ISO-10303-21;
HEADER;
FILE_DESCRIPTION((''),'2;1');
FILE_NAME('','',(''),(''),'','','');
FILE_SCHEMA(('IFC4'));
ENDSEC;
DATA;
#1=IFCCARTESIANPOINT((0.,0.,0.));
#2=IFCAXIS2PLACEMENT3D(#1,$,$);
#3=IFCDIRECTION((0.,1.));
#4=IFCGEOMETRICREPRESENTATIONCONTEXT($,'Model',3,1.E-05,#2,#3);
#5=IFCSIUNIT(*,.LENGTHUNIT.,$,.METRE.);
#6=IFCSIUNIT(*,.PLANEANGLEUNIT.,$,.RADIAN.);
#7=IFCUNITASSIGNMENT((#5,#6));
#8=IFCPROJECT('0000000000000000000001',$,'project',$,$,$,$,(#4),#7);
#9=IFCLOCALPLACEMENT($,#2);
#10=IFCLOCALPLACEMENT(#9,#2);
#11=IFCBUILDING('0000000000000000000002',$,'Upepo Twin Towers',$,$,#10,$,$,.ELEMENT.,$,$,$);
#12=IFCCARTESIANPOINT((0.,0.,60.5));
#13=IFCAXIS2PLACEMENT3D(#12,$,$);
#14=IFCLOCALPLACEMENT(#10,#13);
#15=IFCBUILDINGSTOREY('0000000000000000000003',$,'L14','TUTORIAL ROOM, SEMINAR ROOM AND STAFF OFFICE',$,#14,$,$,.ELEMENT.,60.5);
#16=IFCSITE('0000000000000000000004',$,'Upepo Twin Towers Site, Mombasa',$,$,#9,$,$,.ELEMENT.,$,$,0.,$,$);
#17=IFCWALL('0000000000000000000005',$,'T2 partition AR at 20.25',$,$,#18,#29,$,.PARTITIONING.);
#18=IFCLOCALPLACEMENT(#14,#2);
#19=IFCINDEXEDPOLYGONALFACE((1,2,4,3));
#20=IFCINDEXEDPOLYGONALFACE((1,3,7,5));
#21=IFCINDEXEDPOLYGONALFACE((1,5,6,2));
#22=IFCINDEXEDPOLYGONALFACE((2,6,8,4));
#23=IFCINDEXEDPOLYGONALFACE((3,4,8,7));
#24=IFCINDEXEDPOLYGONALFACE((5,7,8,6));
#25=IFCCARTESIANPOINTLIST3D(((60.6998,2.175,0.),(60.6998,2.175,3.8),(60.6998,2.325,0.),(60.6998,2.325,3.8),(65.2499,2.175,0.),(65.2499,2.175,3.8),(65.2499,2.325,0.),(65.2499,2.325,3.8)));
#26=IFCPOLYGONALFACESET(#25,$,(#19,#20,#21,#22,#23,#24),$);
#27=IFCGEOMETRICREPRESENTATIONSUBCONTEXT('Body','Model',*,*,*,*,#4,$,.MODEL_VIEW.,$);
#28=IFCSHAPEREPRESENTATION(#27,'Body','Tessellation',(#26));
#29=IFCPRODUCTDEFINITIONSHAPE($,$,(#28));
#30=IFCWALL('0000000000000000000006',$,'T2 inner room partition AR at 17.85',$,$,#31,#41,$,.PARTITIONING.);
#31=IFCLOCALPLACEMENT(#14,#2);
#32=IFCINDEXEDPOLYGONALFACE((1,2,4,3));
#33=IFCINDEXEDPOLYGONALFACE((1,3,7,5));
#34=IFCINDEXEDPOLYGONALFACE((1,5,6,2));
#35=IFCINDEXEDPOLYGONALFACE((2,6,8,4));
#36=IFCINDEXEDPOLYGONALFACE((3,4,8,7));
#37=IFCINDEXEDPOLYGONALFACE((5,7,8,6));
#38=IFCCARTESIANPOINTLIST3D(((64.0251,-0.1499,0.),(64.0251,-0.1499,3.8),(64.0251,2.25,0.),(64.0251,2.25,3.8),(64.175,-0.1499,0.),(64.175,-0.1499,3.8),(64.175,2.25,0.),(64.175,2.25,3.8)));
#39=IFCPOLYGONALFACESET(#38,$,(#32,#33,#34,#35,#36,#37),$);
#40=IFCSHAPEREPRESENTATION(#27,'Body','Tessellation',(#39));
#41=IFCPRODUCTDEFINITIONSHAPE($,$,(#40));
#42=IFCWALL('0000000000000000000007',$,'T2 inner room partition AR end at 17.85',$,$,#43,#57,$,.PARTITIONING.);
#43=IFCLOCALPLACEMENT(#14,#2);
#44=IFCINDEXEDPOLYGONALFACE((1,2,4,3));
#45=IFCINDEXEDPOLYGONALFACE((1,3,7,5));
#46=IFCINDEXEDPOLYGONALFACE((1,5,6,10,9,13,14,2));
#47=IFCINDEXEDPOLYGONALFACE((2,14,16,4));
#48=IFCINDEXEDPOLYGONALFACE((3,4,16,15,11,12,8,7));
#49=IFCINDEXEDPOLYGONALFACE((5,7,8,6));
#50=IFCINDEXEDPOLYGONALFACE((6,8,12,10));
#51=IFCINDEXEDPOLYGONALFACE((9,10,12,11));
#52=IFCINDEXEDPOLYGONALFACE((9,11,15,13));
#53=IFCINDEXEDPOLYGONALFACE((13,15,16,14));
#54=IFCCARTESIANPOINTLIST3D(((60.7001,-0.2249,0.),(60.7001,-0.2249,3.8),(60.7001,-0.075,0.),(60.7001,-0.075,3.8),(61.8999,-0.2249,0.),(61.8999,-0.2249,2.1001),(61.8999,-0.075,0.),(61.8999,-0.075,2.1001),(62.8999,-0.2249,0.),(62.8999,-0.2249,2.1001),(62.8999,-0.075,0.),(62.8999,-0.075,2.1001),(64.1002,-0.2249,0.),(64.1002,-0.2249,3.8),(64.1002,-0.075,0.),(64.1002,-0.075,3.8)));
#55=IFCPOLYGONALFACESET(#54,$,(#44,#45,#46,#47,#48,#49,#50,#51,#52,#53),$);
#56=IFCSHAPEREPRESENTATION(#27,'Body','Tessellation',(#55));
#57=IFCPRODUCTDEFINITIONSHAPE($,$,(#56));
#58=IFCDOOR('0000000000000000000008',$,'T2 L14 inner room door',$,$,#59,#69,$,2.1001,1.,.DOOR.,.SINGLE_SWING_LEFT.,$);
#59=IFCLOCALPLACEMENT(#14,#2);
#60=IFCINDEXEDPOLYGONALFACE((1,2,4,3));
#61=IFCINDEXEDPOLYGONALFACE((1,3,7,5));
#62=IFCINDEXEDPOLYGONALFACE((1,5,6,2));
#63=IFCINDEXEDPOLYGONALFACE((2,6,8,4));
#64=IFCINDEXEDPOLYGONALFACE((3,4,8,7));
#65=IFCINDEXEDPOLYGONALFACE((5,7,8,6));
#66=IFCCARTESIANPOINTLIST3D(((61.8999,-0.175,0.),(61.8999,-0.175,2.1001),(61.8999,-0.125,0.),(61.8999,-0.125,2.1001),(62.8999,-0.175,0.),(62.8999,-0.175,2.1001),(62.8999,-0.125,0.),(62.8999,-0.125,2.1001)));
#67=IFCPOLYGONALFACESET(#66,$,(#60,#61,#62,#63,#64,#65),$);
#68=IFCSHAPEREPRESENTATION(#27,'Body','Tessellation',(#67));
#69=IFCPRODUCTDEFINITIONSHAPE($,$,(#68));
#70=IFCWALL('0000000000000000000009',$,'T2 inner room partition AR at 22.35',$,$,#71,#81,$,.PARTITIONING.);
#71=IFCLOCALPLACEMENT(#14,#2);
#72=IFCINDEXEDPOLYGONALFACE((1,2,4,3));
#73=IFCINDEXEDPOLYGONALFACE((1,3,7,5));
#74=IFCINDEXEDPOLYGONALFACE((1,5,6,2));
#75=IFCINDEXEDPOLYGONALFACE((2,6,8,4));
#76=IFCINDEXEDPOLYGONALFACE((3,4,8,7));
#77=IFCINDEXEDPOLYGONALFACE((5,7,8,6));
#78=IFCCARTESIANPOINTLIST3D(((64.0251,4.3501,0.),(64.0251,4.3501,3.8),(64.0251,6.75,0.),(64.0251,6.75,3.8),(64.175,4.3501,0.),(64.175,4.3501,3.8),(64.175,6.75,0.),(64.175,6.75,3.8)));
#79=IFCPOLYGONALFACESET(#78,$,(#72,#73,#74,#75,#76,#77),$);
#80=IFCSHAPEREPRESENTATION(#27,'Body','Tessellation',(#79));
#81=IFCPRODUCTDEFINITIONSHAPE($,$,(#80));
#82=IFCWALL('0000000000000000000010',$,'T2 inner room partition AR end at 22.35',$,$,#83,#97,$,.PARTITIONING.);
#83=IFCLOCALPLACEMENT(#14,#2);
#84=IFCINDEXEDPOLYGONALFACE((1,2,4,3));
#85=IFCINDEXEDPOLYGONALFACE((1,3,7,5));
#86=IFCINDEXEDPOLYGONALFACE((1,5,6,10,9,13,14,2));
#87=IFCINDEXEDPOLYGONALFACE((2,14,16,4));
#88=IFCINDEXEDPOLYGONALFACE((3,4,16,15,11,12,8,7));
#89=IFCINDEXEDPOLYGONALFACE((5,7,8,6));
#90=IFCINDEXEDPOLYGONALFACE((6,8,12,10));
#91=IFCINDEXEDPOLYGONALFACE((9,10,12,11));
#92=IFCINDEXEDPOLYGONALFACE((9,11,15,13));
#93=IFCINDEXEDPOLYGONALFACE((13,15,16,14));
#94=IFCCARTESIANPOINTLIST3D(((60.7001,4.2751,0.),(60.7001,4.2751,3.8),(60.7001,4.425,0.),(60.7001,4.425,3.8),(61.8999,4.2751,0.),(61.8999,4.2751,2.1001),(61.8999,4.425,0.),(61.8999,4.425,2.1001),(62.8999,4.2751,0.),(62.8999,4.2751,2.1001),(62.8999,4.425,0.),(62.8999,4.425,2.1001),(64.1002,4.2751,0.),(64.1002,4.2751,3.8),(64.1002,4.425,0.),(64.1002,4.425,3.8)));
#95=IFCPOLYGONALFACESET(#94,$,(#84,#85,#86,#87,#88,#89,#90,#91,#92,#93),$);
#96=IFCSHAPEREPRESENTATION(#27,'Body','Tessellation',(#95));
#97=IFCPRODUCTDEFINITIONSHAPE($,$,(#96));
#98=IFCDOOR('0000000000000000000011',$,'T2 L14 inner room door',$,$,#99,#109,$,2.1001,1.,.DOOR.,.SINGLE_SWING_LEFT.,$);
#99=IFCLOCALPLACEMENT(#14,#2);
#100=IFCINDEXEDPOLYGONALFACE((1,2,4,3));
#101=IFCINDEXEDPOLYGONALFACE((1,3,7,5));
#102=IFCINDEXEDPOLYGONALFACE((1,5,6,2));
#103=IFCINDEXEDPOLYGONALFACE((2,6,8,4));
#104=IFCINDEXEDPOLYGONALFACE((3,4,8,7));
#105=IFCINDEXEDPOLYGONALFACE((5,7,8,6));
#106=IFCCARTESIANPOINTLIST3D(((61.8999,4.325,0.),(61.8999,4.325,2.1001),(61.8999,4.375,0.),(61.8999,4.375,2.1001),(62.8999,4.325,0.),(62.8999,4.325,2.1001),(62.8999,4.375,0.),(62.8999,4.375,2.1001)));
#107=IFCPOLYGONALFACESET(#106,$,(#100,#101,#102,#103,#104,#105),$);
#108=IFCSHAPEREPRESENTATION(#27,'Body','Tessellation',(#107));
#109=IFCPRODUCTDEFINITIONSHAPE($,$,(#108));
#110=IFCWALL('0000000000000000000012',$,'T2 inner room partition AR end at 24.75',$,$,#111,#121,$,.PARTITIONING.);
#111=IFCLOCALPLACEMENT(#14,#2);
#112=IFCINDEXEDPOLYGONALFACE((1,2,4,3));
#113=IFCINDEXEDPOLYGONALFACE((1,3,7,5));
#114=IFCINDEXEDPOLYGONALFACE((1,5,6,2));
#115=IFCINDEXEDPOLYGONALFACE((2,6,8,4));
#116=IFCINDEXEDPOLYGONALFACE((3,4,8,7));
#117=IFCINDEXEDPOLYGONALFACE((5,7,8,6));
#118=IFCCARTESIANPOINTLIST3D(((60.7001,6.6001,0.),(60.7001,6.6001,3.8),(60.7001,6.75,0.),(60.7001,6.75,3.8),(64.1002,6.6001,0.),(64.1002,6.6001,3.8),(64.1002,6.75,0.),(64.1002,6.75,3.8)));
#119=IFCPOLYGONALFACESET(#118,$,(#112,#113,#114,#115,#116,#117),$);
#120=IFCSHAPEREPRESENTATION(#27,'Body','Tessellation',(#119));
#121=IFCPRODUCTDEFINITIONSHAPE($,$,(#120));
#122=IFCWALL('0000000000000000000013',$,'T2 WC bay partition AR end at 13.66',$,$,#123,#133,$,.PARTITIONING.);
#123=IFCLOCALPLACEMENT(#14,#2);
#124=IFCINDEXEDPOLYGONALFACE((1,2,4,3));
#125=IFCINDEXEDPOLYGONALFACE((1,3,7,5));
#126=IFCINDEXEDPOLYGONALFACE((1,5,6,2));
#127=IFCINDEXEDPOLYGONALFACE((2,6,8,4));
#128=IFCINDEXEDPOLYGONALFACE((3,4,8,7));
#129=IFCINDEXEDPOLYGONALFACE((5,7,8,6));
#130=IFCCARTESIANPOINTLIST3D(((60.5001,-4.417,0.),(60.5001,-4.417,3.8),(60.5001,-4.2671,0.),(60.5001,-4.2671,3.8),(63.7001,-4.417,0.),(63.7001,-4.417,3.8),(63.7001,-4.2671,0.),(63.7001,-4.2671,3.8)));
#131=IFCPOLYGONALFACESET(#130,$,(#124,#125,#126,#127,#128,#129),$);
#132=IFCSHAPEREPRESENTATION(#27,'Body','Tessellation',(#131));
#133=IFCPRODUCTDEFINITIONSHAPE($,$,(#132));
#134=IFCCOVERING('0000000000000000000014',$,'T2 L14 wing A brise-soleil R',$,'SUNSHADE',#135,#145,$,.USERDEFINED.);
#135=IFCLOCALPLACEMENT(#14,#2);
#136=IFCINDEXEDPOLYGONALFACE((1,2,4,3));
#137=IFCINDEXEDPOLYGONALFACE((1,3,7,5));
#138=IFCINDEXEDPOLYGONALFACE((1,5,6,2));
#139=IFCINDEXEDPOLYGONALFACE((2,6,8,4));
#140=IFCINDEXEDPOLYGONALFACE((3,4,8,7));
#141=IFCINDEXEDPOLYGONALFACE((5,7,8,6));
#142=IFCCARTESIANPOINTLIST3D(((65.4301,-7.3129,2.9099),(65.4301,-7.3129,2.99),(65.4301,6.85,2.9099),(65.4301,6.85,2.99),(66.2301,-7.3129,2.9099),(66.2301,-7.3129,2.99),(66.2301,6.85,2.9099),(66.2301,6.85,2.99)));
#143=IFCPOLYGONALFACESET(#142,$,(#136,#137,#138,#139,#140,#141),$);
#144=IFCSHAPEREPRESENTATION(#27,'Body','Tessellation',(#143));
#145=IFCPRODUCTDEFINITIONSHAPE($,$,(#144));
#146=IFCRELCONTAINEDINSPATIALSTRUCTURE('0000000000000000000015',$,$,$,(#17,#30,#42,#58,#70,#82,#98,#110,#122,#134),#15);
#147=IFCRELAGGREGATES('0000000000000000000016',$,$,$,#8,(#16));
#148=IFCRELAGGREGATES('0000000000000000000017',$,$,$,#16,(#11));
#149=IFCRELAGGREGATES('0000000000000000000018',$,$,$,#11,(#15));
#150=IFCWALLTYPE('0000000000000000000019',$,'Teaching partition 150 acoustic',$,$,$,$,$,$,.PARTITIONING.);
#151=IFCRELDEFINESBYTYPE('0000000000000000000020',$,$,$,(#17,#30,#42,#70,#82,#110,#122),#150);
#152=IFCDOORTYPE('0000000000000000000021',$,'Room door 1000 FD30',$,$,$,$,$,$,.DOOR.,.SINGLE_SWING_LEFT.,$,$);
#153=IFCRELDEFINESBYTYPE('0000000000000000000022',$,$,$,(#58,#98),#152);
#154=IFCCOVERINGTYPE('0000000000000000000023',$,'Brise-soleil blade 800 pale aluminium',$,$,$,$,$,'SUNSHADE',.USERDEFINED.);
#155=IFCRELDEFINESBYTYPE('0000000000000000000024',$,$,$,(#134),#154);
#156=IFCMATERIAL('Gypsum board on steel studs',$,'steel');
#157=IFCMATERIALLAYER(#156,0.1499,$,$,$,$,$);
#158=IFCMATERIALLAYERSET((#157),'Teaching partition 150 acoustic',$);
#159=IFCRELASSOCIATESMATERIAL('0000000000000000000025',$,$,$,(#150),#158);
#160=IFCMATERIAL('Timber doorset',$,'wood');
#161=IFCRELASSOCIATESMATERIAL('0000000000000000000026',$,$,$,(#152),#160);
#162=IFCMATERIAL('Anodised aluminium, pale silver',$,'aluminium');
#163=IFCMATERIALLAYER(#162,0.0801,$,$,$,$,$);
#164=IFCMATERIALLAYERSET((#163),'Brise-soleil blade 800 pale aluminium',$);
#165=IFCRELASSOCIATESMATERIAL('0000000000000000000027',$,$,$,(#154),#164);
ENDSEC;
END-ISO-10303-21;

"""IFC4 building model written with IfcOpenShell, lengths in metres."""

from ifc_helpers import new_model, si_unit, direction, frame, frame_2d, origin, origin_2d, place, context, subcontext, project, spatial, rectangle, extrude, material, layer, layer_set, type_object, element, fill, save


model = new_model("IFC4")

# Units and contexts
model_context = context("Model", 3, precision=1e-05, world=origin(), true_north=direction((0.0, 1.0)))
body_context = subcontext(model_context, "Body", "Model", "MODEL_VIEW")
ifc_project = project(units=[si_unit("LENGTHUNIT", "METRE"), si_unit("PLANEANGLEUNIT", "RADIAN")], contexts=[model_context])

# Site, building, storey
site_placement = place(None, origin())
site = spatial("IfcSite", under=ifc_project, at=site_placement, Name="Upepo Twin Towers Site, Mombasa", CompositionType="ELEMENT", RefElevation=0.0)
building_placement = place(site_placement, origin())
building = spatial("IfcBuilding", under=site, at=building_placement, Name="Upepo Twin Towers", CompositionType="ELEMENT")
storey_placement = place(building_placement, frame((0.0, 0.0, 60.5)))
storey = spatial("IfcBuildingStorey", under=building, at=storey_placement, Name="L14", Description="TUTORIAL ROOM, SEMINAR ROOM AND STAFF OFFICE", CompositionType="ELEMENT", Elevation=60.5)

# Walls
ifc_material_1 = material(Name="Gypsum board on steel studs", Category="steel")
ifc_layer_1 = layer(ifc_material_1, 0.1499)
ifc_layer_set_1 = layer_set([ifc_layer_1], Name="Teaching partition 150 acoustic")
wall_type_1 = type_object("IfcWallType", Name="Teaching partition 150 acoustic", PredefinedType="PARTITIONING", material=ifc_layer_set_1)
for number, where, z_axis, x_axis, name in (
    (1, (60.7, 2.25, 0.0), (0.0, 0.0, 1.0), (1.0, 0.0, 0.0), "T2 partition AR at 20.25"),
):
    element("IfcWall", number, at=place(storey_placement, frame(where, z_axis=z_axis, x_axis=x_axis)), inside=storey, type_object=wall_type_1, Name=name, PredefinedType="PARTITIONING", context=body_context, shape_type="SweptSolid", body=[
        extrude(rectangle(XDim=4.55, YDim=0.1499, at=frame_2d((2.2749, 0.0))), origin(), (0.0, 0.0, 1.0), 3.8),
    ])
wall_1_placement = place(storey_placement, frame((64.1001, -0.1499, 0.0), z_axis=(0.0, 0.0, 1.0), x_axis=(0.0, 1.0, 0.0)))
element("IfcWall", 2, at=wall_1_placement, inside=storey, type_object=wall_type_1, Name="T2 inner room partition AR at 17.85", PredefinedType="PARTITIONING", context=body_context, shape_type="SweptSolid", body=[
    extrude(rectangle(XDim=2.3999, YDim=0.1499, at=frame_2d((1.2, 0.0))), origin(), (0.0, 0.0, 1.0), 3.8),
])

# Wall, opening, door
wall_2_placement = place(storey_placement, frame((60.7, -0.1499, 0.0), z_axis=(0.0, 0.0, 1.0), x_axis=(1.0, 0.0, 0.0)))
wall_2 = element("IfcWall", 3, at=wall_2_placement, inside=storey, type_object=wall_type_1, Name="T2 inner room partition AR end at 17.85", PredefinedType="PARTITIONING", context=body_context, shape_type="SweptSolid", body=[
    extrude(rectangle(XDim=3.4001, YDim=0.1499, at=frame_2d((1.7002, 0.0))), origin(), (0.0, 0.0, 1.0), 3.8),
])
opening_1_placement = place(wall_2_placement, frame((1.2, 0.0, 0.0)))
opening_1 = element("IfcOpeningElement", 4, at=opening_1_placement, cuts=wall_2, PredefinedType="OPENING", context=body_context, shape_type="SweptSolid", body=[
    extrude(rectangle(XDim=1.0, YDim=2.1001, at=frame_2d((0.5, 1.05))), frame((0.0, 0.085, 0.0), z_axis=(0.0, -1.0, 0.0), x_axis=(1.0, 0.0, 0.0)), (0.0, 0.0, 1.0), 0.1699),
])
ifc_material_2 = material(Name="Timber doorset", Category="wood")
door_type = type_object("IfcDoorType", Name="Room door 1000 FD30", OperationType="SINGLE_SWING_LEFT", PredefinedType="DOOR", material=ifc_material_2)
door_1_placement = place(opening_1_placement, origin())
door_1 = element("IfcDoor", 5, at=door_1_placement, inside=storey, type_object=door_type, Name="T2 L14 inner room door", OperationType="SINGLE_SWING_LEFT", OverallHeight=2.1001, OverallWidth=1.0, PredefinedType="DOOR", context=body_context, shape_type="SweptSolid", body=[
    extrude(rectangle(XDim=1.0, YDim=2.1001, at=frame_2d((0.5, 1.05))), frame((0.0, 0.0249, 0.0), z_axis=(0.0, -1.0, 0.0), x_axis=(1.0, 0.0, 0.0)), (0.0, 0.0, 1.0), 0.05),
])
fill(opening_1, door_1)

# Wall
wall_3_placement = place(storey_placement, frame((64.1001, 4.3501, 0.0), z_axis=(0.0, 0.0, 1.0), x_axis=(0.0, 1.0, 0.0)))
element("IfcWall", 6, at=wall_3_placement, inside=storey, type_object=wall_type_1, Name="T2 inner room partition AR at 22.35", PredefinedType="PARTITIONING", context=body_context, shape_type="SweptSolid", body=[
    extrude(rectangle(XDim=2.3999, YDim=0.1499, at=frame_2d((1.2, 0.0))), origin(), (0.0, 0.0, 1.0), 3.8),
])

# Wall, opening, door
wall_4_placement = place(storey_placement, frame((60.7, 4.3501, 0.0), z_axis=(0.0, 0.0, 1.0), x_axis=(1.0, 0.0, 0.0)))
wall_4 = element("IfcWall", 7, at=wall_4_placement, inside=storey, type_object=wall_type_1, Name="T2 inner room partition AR end at 22.35", PredefinedType="PARTITIONING", context=body_context, shape_type="SweptSolid", body=[
    extrude(rectangle(XDim=3.4001, YDim=0.1499, at=frame_2d((1.7002, 0.0))), origin(), (0.0, 0.0, 1.0), 3.8),
])
opening_2_placement = place(wall_4_placement, frame((1.2, 0.0, 0.0)))
opening_2 = element("IfcOpeningElement", 8, at=opening_2_placement, cuts=wall_4, PredefinedType="OPENING", context=body_context, shape_type="SweptSolid", body=[
    extrude(rectangle(XDim=1.0, YDim=2.1001, at=frame_2d((0.5, 1.05))), frame((0.0, 0.085, 0.0), z_axis=(0.0, -1.0, 0.0), x_axis=(1.0, 0.0, 0.0)), (0.0, 0.0, 1.0), 0.1699),
])
door_2_placement = place(opening_2_placement, origin())
door_2 = element("IfcDoor", 9, at=door_2_placement, inside=storey, type_object=door_type, Name="T2 L14 inner room door", OperationType="SINGLE_SWING_LEFT", OverallHeight=2.1001, OverallWidth=1.0, PredefinedType="DOOR", context=body_context, shape_type="SweptSolid", body=[
    extrude(rectangle(XDim=1.0, YDim=2.1001, at=frame_2d((0.5, 1.05))), frame((0.0, 0.0249, 0.0), z_axis=(0.0, -1.0, 0.0), x_axis=(1.0, 0.0, 0.0)), (0.0, 0.0, 1.0), 0.05),
])
fill(opening_2, door_2)

# Walls
wall_5_placement = place(storey_placement, frame((60.7, 6.675, 0.0), z_axis=(0.0, 0.0, 1.0), x_axis=(1.0, 0.0, 0.0)))
element("IfcWall", 10, at=wall_5_placement, inside=storey, type_object=wall_type_1, Name="T2 inner room partition AR end at 24.75", PredefinedType="PARTITIONING", context=body_context, shape_type="SweptSolid", body=[
    extrude(rectangle(XDim=3.4001, YDim=0.1499, at=frame_2d((1.7002, 0.0))), origin(), (0.0, 0.0, 1.0), 3.8),
])
wall_6_placement = place(storey_placement, frame((60.5, -4.342, 0.0), z_axis=(0.0, 0.0, 1.0), x_axis=(1.0, 0.0, 0.0)))
element("IfcWall", 11, at=wall_6_placement, inside=storey, type_object=wall_type_1, Name="T2 WC bay partition AR end at 13.66", PredefinedType="PARTITIONING", context=body_context, shape_type="SweptSolid", body=[
    extrude(rectangle(XDim=3.2, YDim=0.1499, at=frame_2d((1.6001, 0.0))), origin(), (0.0, 0.0, 1.0), 3.8),
])

# Covering
ifc_material_3 = material(Name="Anodised aluminium, pale silver", Category="aluminium")
ifc_layer_2 = layer(ifc_material_3, 0.0801)
ifc_layer_set_2 = layer_set([ifc_layer_2], Name="Brise-soleil blade 800 pale aluminium")
covering_type = type_object("IfcCoveringType", Name="Brise-soleil blade 800 pale aluminium", ElementType="SUNSHADE", PredefinedType="USERDEFINED", material=ifc_layer_set_2)
covering_placement = place(storey_placement, frame((65.8301, -0.2314, 2.9099), z_axis=(0.0, 0.0, 1.0), x_axis=(0.0, 1.0, 0.0)))
element("IfcCovering", 12, at=covering_placement, inside=storey, type_object=covering_type, Name="T2 L14 wing A brise-soleil R", ObjectType="SUNSHADE", PredefinedType="USERDEFINED", context=body_context, shape_type="SweptSolid", body=[
    extrude(rectangle(XDim=14.1628, YDim=0.8, at=origin_2d()), origin(), (0.0, 0.0, 1.0), 0.0801),
])

save(model, "model.ifc")
